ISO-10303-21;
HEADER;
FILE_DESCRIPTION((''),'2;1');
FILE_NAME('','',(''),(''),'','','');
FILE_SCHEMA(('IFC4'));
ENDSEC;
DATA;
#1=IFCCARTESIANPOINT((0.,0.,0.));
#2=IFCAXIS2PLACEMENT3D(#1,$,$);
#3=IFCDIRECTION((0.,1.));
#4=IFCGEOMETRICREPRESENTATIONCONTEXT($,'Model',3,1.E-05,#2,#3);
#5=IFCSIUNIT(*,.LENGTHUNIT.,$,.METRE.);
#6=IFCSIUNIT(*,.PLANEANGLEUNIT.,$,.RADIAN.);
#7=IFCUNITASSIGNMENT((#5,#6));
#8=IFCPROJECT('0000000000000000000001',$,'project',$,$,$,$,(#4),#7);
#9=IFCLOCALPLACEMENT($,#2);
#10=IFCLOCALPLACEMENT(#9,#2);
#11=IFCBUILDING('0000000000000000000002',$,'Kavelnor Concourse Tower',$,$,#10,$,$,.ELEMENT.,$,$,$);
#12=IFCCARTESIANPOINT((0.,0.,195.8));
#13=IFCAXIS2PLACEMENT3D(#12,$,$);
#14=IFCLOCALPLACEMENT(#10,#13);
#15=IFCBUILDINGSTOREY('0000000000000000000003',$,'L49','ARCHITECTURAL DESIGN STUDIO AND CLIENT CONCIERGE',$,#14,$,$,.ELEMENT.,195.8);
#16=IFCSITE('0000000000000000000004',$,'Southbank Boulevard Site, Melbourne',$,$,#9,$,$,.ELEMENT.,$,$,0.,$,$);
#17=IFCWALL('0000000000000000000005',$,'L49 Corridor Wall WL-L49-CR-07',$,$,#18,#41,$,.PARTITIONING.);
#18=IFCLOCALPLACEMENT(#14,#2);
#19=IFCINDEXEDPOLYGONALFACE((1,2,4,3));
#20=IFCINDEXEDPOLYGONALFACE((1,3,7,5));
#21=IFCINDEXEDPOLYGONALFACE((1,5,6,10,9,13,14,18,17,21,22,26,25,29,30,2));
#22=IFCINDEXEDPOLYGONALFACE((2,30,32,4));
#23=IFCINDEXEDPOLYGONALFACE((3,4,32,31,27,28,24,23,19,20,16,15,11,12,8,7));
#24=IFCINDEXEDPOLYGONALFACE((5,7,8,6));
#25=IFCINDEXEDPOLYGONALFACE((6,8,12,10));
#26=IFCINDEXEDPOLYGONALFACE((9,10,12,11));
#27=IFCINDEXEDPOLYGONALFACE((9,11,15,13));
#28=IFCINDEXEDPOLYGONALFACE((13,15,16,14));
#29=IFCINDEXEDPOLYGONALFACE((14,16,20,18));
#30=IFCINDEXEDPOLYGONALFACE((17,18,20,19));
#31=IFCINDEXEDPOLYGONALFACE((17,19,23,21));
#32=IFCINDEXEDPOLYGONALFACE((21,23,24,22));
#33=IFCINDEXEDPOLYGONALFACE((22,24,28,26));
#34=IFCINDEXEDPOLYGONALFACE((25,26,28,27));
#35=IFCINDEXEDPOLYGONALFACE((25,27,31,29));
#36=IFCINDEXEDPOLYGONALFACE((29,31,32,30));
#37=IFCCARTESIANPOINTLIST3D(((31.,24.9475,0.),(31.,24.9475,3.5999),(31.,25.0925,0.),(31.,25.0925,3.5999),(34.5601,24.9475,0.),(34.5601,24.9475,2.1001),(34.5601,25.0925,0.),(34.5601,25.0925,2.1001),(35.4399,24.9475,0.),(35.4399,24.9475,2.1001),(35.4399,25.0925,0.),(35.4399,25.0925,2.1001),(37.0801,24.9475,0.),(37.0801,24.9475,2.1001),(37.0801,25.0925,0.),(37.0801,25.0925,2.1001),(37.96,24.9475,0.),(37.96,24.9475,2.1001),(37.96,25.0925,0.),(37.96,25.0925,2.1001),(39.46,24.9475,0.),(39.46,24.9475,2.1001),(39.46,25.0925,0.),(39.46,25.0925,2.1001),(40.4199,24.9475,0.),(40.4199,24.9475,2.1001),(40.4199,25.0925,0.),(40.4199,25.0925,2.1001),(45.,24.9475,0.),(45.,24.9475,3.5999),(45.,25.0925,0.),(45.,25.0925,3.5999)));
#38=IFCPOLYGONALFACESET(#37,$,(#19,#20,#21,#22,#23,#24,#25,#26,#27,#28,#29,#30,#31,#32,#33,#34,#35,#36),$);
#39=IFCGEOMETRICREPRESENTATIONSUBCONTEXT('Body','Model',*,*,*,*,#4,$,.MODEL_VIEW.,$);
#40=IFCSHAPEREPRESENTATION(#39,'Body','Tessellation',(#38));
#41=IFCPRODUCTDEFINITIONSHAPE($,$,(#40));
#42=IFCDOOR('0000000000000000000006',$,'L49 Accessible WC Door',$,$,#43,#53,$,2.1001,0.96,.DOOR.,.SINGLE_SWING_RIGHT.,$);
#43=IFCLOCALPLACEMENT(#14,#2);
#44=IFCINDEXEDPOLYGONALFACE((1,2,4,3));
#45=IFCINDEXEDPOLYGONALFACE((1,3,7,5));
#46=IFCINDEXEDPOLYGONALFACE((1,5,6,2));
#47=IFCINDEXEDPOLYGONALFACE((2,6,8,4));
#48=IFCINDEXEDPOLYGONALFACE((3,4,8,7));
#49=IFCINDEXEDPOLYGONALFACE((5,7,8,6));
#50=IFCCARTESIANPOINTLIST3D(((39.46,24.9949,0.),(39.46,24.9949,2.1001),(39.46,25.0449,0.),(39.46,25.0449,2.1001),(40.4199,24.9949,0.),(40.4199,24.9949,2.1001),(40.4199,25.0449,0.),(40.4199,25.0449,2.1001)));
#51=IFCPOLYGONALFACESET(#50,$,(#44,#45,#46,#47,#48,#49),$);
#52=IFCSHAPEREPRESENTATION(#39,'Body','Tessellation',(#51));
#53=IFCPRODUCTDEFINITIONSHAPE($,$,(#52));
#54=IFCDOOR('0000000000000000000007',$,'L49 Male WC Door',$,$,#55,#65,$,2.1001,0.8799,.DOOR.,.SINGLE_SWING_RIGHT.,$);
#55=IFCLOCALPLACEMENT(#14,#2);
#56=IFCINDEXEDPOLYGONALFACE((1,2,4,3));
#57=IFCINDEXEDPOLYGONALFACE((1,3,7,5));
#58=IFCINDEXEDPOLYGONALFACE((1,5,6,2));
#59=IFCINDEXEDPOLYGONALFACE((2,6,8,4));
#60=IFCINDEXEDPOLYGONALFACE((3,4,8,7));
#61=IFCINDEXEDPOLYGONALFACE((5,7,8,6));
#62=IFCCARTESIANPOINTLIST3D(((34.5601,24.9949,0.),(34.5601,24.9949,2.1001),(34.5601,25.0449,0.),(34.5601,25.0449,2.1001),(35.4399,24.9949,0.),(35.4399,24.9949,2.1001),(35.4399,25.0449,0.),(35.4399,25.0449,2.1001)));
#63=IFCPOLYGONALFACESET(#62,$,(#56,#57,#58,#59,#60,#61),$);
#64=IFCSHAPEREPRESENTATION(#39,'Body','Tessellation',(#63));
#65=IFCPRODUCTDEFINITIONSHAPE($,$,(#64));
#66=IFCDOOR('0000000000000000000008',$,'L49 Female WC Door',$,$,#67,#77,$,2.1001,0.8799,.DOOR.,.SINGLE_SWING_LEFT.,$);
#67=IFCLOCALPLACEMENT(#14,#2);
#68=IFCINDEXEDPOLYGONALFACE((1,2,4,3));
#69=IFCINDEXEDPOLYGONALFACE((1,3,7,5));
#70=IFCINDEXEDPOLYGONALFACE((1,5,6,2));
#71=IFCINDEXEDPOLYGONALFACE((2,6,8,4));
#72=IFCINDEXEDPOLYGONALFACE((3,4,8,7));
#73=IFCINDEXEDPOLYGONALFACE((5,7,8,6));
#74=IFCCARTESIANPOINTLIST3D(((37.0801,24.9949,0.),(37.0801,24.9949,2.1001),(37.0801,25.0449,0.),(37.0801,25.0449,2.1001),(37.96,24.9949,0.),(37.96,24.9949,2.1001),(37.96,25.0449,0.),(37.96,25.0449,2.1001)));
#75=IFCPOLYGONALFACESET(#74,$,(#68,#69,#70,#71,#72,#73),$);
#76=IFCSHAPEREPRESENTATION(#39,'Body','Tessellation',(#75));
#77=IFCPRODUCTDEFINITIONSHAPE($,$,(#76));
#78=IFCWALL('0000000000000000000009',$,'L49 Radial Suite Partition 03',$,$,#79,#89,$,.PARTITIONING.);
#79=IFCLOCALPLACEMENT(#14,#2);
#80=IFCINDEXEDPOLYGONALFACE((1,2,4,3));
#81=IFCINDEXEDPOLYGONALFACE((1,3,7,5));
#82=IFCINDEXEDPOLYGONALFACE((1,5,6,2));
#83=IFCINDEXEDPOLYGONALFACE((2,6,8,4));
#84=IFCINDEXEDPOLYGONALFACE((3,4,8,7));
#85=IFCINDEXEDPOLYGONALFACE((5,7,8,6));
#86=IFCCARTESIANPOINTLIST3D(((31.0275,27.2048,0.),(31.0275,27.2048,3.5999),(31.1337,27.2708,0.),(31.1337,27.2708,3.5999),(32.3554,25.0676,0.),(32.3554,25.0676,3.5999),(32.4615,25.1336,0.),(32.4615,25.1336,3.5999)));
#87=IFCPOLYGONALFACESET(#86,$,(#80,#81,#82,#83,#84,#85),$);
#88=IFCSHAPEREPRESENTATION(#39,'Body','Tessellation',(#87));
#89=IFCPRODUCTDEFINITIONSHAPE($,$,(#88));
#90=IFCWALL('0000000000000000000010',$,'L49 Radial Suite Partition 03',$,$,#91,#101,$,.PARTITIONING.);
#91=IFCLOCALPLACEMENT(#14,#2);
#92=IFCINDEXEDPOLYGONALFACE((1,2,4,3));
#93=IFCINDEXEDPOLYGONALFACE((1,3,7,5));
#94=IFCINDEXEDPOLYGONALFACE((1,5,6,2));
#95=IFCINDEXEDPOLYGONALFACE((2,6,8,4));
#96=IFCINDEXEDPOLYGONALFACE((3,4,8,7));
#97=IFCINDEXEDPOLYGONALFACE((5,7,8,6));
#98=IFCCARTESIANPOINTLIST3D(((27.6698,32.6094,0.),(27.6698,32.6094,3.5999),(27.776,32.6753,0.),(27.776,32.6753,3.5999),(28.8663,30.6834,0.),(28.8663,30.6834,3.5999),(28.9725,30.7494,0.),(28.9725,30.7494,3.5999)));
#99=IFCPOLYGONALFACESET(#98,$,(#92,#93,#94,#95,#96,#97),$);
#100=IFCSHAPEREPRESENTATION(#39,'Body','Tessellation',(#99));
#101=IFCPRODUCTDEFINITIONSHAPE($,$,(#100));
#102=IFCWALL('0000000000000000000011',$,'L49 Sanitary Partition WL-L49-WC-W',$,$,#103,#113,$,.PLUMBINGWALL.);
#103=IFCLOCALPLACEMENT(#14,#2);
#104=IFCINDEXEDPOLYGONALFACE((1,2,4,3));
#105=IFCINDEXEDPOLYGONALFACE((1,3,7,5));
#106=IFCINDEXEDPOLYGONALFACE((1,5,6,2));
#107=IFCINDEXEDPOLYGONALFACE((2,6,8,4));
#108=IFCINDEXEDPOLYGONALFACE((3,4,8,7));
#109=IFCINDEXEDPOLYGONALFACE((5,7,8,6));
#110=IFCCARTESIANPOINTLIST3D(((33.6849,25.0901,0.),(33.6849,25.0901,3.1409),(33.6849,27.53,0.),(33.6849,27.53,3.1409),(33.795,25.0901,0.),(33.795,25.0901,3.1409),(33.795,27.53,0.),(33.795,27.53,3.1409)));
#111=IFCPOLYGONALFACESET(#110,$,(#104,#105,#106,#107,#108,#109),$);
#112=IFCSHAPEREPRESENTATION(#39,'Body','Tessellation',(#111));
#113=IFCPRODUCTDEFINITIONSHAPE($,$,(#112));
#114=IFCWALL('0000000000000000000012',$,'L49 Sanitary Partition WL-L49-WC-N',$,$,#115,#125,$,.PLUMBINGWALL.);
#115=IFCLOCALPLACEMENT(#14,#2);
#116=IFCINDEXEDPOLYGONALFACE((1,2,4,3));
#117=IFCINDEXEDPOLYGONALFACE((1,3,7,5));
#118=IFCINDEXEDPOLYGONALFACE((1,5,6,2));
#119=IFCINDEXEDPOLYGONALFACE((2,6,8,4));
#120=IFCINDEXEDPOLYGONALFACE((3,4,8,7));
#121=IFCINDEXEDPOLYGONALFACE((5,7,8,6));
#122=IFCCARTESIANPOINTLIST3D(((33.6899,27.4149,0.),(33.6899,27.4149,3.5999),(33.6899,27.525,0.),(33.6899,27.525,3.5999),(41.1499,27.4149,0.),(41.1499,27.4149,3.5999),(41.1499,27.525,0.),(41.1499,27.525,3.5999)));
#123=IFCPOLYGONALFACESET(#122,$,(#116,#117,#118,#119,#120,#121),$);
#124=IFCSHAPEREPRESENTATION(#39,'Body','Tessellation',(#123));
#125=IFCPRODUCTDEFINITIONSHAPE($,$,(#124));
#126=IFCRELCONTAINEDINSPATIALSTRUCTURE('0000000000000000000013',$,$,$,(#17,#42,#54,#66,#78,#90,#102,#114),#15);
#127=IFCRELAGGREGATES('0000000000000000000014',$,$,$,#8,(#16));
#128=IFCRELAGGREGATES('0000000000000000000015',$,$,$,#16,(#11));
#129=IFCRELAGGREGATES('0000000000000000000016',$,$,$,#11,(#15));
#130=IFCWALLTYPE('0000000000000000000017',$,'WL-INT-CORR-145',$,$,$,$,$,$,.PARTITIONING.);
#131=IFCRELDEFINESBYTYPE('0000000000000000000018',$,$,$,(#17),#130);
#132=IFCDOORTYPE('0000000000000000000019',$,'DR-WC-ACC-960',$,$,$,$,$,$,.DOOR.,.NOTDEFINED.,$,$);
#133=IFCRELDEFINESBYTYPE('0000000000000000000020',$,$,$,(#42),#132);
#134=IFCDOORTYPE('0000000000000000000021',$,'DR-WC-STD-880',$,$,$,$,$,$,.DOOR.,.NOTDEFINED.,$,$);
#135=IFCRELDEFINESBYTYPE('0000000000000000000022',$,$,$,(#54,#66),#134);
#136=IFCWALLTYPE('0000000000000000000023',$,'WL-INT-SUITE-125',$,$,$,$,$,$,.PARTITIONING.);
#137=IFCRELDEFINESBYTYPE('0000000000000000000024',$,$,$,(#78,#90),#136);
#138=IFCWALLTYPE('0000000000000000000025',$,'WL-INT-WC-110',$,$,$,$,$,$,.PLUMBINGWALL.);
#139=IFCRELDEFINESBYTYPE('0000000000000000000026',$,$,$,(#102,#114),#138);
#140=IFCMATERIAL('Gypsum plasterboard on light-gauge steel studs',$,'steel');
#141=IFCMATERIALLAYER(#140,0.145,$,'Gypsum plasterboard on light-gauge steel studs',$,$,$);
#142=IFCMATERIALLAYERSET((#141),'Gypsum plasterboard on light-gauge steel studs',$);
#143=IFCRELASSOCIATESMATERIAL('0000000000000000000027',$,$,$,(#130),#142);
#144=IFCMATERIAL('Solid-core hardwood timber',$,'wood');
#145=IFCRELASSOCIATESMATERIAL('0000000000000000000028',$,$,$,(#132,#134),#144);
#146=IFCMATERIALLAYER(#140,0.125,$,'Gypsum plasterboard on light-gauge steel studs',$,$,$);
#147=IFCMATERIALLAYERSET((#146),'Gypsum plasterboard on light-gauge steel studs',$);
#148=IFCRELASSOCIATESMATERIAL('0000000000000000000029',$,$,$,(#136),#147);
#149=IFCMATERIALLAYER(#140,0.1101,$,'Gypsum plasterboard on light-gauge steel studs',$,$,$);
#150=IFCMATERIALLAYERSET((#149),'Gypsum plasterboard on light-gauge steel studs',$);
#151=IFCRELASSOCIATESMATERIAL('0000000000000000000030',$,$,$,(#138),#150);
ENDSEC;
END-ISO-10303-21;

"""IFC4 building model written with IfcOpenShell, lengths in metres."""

from ifc_helpers import new_model, si_unit, direction, frame, frame_2d, origin, place, context, subcontext, project, spatial, rectangle, extrude, material, layer, layer_set, type_object, element, fill, save


model = new_model("IFC4")

# Units and contexts
model_context = context("Model", 3, precision=1e-05, world=origin(), true_north=direction((0.0, 1.0)))
body_context = subcontext(model_context, "Body", "Model", "MODEL_VIEW")
ifc_project = project(units=[si_unit("LENGTHUNIT", "METRE"), si_unit("PLANEANGLEUNIT", "RADIAN")], contexts=[model_context])

# Site, building, storey
site_placement = place(None, origin())
site = spatial("IfcSite", under=ifc_project, at=site_placement, Name="Southbank Boulevard Site, Melbourne", CompositionType="ELEMENT", RefElevation=0.0)
building_placement = place(site_placement, origin())
building = spatial("IfcBuilding", under=site, at=building_placement, Name="Kavelnor Concourse Tower", CompositionType="ELEMENT")
storey_placement = place(building_placement, frame((0.0, 0.0, 195.8)))
storey = spatial("IfcBuildingStorey", under=building, at=storey_placement, Name="L49", Description="ARCHITECTURAL DESIGN STUDIO AND CLIENT CONCIERGE", CompositionType="ELEMENT", Elevation=195.8)

# Shared definitions
ifc_material_1 = material(Name="Gypsum plasterboard on light-gauge steel studs", Category="steel")
ifc_layer_1 = layer(ifc_material_1, 0.145, Name="Gypsum plasterboard on light-gauge steel studs")
ifc_layer_set_1 = layer_set([ifc_layer_1], Name="Gypsum plasterboard on light-gauge steel studs")
wall_type_1 = type_object("IfcWallType", Name="WL-INT-CORR-145", PredefinedType="PARTITIONING", material=ifc_layer_set_1)

# Wall, openings, doors
wall_1_placement = place(storey_placement, frame((31.0, 25.02, 0.0), z_axis=(0.0, 0.0, 1.0), x_axis=(1.0, 0.0, 0.0)))
wall_1 = element("IfcWall", 1, at=wall_1_placement, inside=storey, type_object=wall_type_1, Name="L49 Corridor Wall WL-L49-CR-07", PredefinedType="PARTITIONING", context=body_context, shape_type="SweptSolid", body=[
    extrude(rectangle(XDim=14.0, YDim=0.145, at=frame_2d((7.0, 0.0))), origin(), (0.0, 0.0, 1.0), 3.5999),
])
opening_1_placement = place(wall_1_placement, frame((3.5601, 0.0, 0.0)))
opening_1 = element("IfcOpeningElement", 2, at=opening_1_placement, cuts=wall_1, PredefinedType="OPENING", context=body_context, shape_type="SweptSolid", body=[
    extrude(rectangle(XDim=0.8799, YDim=2.1001, at=frame_2d((0.4399, 1.05))), frame((0.0, 0.0825, 0.0), z_axis=(0.0, -1.0, 0.0), x_axis=(1.0, 0.0, 0.0)), (0.0, 0.0, 1.0), 0.165),
])
opening_2_placement = place(wall_1_placement, frame((6.0801, 0.0, 0.0)))
opening_2 = element("IfcOpeningElement", 3, at=opening_2_placement, cuts=wall_1, PredefinedType="OPENING", context=body_context, shape_type="SweptSolid", body=[
    extrude(rectangle(XDim=0.8799, YDim=2.1001, at=frame_2d((0.4399, 1.05))), frame((0.0, 0.0825, 0.0), z_axis=(0.0, -1.0, 0.0), x_axis=(1.0, 0.0, 0.0)), (0.0, 0.0, 1.0), 0.165),
])
opening_3_placement = place(wall_1_placement, frame((8.46, 0.0, 0.0)))
opening_3 = element("IfcOpeningElement", 4, at=opening_3_placement, cuts=wall_1, PredefinedType="OPENING", context=body_context, shape_type="SweptSolid", body=[
    extrude(rectangle(XDim=0.96, YDim=2.1001, at=frame_2d((0.48, 1.05))), frame((0.0, 0.0825, 0.0), z_axis=(0.0, -1.0, 0.0), x_axis=(1.0, 0.0, 0.0)), (0.0, 0.0, 1.0), 0.165),
])
ifc_material_2 = material(Name="Solid-core hardwood timber", Category="wood")
door_type_1 = type_object("IfcDoorType", Name="DR-WC-ACC-960", OperationType="NOTDEFINED", PredefinedType="DOOR", material=ifc_material_2)
door_1_placement = place(opening_3_placement, origin())
door_1 = element("IfcDoor", 5, at=door_1_placement, inside=storey, type_object=door_type_1, Name="L49 Accessible WC Door", OperationType="SINGLE_SWING_RIGHT", OverallHeight=2.1001, OverallWidth=0.96, PredefinedType="DOOR", context=body_context, shape_type="SweptSolid", body=[
    extrude(rectangle(XDim=0.96, YDim=2.1001, at=frame_2d((0.48, 1.05))), frame((0.0, 0.0249, 0.0), z_axis=(0.0, -1.0, 0.0), x_axis=(1.0, 0.0, 0.0)), (0.0, 0.0, 1.0), 0.05),
])
fill(opening_3, door_1)
door_type_2 = type_object("IfcDoorType", Name="DR-WC-STD-880", OperationType="NOTDEFINED", PredefinedType="DOOR", material=ifc_material_2)
door_2_placement = place(opening_1_placement, origin())
door_2 = element("IfcDoor", 6, at=door_2_placement, inside=storey, type_object=door_type_2, Name="L49 Male WC Door", OperationType="SINGLE_SWING_RIGHT", OverallHeight=2.1001, OverallWidth=0.8799, PredefinedType="DOOR", context=body_context, shape_type="SweptSolid", body=[
    extrude(rectangle(XDim=0.8799, YDim=2.1001, at=frame_2d((0.4399, 1.05))), frame((0.0, 0.0249, 0.0), z_axis=(0.0, -1.0, 0.0), x_axis=(1.0, 0.0, 0.0)), (0.0, 0.0, 1.0), 0.05),
])
fill(opening_1, door_2)
door_3_placement = place(opening_2_placement, origin())
door_3 = element("IfcDoor", 7, at=door_3_placement, inside=storey, type_object=door_type_2, Name="L49 Female WC Door", OperationType="SINGLE_SWING_LEFT", OverallHeight=2.1001, OverallWidth=0.8799, PredefinedType="DOOR", context=body_context, shape_type="SweptSolid", body=[
    extrude(rectangle(XDim=0.8799, YDim=2.1001, at=frame_2d((0.4399, 1.05))), frame((0.0, 0.0249, 0.0), z_axis=(0.0, -1.0, 0.0), x_axis=(1.0, 0.0, 0.0)), (0.0, 0.0, 1.0), 0.05),
])
fill(opening_2, door_3)

# Walls
ifc_layer_2 = layer(ifc_material_1, 0.125, Name="Gypsum plasterboard on light-gauge steel studs")
ifc_layer_set_2 = layer_set([ifc_layer_2], Name="Gypsum plasterboard on light-gauge steel studs")
wall_type_2 = type_object("IfcWallType", Name="WL-INT-SUITE-125", PredefinedType="PARTITIONING", material=ifc_layer_set_2)
wall_2_placement = place(storey_placement, frame((32.4084, 25.1006, 0.0), z_axis=(0.0, 0.0, 1.0), x_axis=(-0.527747, 0.849402, 0.0)))
element("IfcWall", 8, at=wall_2_placement, inside=storey, type_object=wall_type_2, Name="L49 Radial Suite Partition 03", PredefinedType="PARTITIONING", context=body_context, shape_type="SweptSolid", body=[
    extrude(rectangle(XDim=2.5161, YDim=0.125, at=frame_2d((1.2581, 0.0))), origin(), (0.0, 0.0, 1.0), 3.5999),
])
wall_3_placement = place(storey_placement, frame((28.9194, 30.7163, 0.0), z_axis=(0.0, 0.0, 1.0), x_axis=(-0.527703, 0.849429, 0.0)))
element("IfcWall", 9, at=wall_3_placement, inside=storey, type_object=wall_type_2, Name="L49 Radial Suite Partition 03", PredefinedType="PARTITIONING", context=body_context, shape_type="SweptSolid", body=[
    extrude(rectangle(XDim=2.2673, YDim=0.125, at=frame_2d((1.1338, 0.0))), origin(), (0.0, 0.0, 1.0), 3.5999),
])
ifc_layer_3 = layer(ifc_material_1, 0.1101, Name="Gypsum plasterboard on light-gauge steel studs")
ifc_layer_set_3 = layer_set([ifc_layer_3], Name="Gypsum plasterboard on light-gauge steel studs")
wall_type_3 = type_object("IfcWallType", Name="WL-INT-WC-110", PredefinedType="PLUMBINGWALL", material=ifc_layer_set_3)
wall_4_placement = place(storey_placement, frame((33.74, 25.0901, 0.0), z_axis=(0.0, 0.0, 1.0), x_axis=(0.0, 1.0, 0.0)))
element("IfcWall", 10, at=wall_4_placement, inside=storey, type_object=wall_type_3, Name="L49 Sanitary Partition WL-L49-WC-W", PredefinedType="PLUMBINGWALL", context=body_context, shape_type="SweptSolid", body=[
    extrude(rectangle(XDim=2.4399, YDim=0.1101, at=frame_2d((1.22, 0.0))), origin(), (0.0, 0.0, 1.0), 3.1409),
])
wall_5_placement = place(storey_placement, frame((33.6899, 27.47, 0.0), z_axis=(0.0, 0.0, 1.0), x_axis=(1.0, 0.0, 0.0)))
element("IfcWall", 11, at=wall_5_placement, inside=storey, type_object=wall_type_3, Name="L49 Sanitary Partition WL-L49-WC-N", PredefinedType="PLUMBINGWALL", context=body_context, shape_type="SweptSolid", body=[
    extrude(rectangle(XDim=7.46, YDim=0.1101, at=frame_2d((3.73, 0.0))), origin(), (0.0, 0.0, 1.0), 3.5999),
])

save(model, "model.ifc")
